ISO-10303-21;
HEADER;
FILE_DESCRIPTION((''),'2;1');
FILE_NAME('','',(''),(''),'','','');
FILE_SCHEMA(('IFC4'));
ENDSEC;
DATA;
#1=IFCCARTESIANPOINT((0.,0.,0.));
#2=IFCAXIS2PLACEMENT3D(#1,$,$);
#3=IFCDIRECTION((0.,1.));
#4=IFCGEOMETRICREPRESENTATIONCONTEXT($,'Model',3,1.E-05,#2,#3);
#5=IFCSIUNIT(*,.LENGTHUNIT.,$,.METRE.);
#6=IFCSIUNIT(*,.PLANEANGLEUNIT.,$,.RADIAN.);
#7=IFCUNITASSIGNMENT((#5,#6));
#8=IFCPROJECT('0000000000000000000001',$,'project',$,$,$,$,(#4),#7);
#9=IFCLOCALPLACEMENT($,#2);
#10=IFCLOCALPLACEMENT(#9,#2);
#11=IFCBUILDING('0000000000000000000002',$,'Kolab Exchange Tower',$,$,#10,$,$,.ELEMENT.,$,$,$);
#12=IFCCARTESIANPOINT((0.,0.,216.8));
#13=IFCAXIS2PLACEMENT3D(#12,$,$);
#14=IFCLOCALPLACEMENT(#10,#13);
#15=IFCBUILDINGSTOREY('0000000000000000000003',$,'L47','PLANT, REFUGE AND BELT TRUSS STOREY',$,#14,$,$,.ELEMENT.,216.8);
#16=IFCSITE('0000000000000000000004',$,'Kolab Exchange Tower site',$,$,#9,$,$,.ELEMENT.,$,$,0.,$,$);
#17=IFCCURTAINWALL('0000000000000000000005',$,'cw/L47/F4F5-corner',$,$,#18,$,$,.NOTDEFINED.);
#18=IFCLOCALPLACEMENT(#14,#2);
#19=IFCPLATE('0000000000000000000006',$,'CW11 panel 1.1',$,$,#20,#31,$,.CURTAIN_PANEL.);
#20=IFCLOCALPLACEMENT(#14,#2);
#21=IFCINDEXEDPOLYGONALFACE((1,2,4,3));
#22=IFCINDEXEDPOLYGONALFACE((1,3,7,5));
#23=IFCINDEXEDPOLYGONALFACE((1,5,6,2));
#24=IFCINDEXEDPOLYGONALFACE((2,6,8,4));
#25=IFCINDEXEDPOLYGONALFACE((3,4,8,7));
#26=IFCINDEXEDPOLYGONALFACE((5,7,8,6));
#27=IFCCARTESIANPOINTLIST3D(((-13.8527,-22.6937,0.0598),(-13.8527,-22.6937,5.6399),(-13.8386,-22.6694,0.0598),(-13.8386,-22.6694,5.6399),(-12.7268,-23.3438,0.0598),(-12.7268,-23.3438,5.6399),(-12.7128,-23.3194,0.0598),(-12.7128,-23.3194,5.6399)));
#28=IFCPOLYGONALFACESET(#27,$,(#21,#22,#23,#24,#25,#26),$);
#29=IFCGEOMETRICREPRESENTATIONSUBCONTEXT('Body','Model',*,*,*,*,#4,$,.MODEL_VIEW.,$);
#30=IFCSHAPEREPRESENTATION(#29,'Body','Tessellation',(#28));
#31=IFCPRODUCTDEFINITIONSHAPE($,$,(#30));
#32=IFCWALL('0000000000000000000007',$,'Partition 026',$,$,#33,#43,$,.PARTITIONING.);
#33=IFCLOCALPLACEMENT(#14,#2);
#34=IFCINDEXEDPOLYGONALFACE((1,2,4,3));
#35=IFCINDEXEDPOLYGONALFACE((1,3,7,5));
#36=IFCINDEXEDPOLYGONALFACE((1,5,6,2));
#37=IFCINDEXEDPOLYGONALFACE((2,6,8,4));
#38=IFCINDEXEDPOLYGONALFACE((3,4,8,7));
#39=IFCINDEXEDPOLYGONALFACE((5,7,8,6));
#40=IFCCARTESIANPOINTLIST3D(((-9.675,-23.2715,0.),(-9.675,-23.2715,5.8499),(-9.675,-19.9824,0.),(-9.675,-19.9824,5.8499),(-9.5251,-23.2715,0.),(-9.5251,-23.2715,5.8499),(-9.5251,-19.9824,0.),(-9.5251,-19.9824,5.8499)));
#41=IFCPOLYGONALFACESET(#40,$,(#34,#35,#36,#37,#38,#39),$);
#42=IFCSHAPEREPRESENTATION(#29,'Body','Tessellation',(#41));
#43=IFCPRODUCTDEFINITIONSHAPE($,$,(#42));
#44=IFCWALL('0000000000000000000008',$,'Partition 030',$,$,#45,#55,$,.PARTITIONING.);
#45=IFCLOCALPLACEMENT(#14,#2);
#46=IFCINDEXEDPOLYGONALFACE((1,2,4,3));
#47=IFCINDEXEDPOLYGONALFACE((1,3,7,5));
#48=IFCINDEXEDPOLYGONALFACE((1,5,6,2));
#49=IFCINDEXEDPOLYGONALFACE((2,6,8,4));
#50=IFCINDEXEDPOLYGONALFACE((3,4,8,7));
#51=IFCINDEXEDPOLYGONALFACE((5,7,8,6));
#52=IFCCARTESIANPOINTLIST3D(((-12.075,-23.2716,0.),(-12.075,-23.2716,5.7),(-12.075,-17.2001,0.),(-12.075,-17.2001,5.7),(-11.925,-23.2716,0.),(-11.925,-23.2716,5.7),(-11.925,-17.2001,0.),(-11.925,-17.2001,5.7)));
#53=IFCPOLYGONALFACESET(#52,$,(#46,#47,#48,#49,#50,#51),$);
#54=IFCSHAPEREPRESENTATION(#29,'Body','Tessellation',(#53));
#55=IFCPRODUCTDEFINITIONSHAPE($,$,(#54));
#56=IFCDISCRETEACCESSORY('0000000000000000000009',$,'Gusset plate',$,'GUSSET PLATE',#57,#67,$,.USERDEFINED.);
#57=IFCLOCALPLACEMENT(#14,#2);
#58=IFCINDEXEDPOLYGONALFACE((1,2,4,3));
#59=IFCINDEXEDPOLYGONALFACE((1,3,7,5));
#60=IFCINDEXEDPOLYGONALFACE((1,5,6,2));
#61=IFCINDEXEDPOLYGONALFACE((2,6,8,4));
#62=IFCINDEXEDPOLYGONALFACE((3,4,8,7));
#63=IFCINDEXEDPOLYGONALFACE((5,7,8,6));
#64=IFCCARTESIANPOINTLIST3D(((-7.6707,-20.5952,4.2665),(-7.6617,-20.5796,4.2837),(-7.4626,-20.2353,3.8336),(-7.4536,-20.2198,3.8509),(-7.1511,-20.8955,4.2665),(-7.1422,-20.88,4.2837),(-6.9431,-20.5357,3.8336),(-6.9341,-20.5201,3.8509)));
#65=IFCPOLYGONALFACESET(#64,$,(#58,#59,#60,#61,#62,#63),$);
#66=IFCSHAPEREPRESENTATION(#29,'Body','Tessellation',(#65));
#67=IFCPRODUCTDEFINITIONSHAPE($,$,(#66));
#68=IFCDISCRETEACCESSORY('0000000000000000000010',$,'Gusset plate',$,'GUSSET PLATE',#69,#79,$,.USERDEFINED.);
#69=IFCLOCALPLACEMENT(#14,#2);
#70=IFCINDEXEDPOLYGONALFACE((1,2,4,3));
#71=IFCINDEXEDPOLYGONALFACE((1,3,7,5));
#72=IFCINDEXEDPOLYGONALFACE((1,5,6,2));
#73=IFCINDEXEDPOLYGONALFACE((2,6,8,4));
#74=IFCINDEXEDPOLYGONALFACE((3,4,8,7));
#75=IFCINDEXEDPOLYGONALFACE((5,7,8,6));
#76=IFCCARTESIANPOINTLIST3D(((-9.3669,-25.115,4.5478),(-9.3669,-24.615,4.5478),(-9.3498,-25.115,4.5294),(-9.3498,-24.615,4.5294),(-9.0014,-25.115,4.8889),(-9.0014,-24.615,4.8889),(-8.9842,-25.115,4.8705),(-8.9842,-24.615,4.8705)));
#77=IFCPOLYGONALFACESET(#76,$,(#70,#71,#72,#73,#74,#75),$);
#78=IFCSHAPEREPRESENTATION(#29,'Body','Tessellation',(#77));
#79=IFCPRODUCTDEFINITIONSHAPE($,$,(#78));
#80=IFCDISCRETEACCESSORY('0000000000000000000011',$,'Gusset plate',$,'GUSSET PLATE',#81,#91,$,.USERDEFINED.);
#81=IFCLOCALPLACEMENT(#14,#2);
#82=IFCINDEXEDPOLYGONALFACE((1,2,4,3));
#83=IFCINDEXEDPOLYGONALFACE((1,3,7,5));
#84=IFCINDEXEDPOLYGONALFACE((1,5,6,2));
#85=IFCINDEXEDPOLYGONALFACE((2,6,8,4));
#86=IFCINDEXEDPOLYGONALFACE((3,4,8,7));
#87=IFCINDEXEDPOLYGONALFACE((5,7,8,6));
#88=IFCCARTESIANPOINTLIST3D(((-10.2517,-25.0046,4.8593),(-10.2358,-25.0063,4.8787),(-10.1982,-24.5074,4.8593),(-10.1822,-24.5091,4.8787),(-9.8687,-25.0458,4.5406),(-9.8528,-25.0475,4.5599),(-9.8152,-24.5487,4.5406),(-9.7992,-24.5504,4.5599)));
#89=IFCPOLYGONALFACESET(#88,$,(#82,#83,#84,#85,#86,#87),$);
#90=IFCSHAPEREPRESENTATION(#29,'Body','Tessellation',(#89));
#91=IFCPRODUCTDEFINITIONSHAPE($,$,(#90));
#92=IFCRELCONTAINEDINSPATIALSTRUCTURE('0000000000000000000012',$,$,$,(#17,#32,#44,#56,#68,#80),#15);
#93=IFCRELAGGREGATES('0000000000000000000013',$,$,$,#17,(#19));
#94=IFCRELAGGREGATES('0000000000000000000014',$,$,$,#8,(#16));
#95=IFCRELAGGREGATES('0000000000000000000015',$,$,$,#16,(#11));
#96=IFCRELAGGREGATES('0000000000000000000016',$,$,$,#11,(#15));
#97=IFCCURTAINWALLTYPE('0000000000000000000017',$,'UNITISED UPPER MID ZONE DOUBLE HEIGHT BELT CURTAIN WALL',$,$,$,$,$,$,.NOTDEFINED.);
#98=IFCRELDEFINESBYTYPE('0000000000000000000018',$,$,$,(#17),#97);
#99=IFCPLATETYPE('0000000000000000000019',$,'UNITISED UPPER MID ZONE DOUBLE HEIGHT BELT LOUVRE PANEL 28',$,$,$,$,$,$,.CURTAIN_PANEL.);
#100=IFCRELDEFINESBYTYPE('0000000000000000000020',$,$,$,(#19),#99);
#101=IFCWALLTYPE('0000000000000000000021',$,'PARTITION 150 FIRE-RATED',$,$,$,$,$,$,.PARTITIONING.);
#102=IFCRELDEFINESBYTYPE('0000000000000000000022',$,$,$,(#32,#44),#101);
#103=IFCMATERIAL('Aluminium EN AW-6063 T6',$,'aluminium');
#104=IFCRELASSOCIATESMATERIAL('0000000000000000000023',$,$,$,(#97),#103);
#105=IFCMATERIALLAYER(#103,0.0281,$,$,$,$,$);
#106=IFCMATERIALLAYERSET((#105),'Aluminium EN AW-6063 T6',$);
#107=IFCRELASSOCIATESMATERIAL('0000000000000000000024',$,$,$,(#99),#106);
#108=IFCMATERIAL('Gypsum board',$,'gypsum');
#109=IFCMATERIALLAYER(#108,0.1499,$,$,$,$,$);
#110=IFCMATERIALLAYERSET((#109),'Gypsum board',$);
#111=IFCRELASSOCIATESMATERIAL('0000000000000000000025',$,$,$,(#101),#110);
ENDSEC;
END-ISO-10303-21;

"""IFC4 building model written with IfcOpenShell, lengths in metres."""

from ifc_helpers import new_model, si_unit, direction, frame, frame_2d, origin, origin_2d, place, context, subcontext, project, spatial, rectangle, extrude, material, layer, layer_set, type_object, element, aggregate, save


model = new_model("IFC4")

# Units and contexts
model_context = context("Model", 3, precision=1e-05, world=origin(), true_north=direction((0.0, 1.0)))
body_context = subcontext(model_context, "Body", "Model", "MODEL_VIEW")
ifc_project = project(units=[si_unit("LENGTHUNIT", "METRE"), si_unit("PLANEANGLEUNIT", "RADIAN")], contexts=[model_context])

# Site, building, storey
site_placement = place(None, origin())
site = spatial("IfcSite", under=ifc_project, at=site_placement, Name="Kolab Exchange Tower site", CompositionType="ELEMENT", RefElevation=0.0)
building_placement = place(site_placement, origin())
building = spatial("IfcBuilding", under=site, at=building_placement, Name="Kolab Exchange Tower", CompositionType="ELEMENT")
storey_placement = place(building_placement, frame((0.0, 0.0, 216.8)))
storey = spatial("IfcBuildingStorey", under=building, at=storey_placement, Name="L47", Description="PLANT, REFUGE AND BELT TRUSS STOREY", CompositionType="ELEMENT", Elevation=216.8)

# Shared definitions
ifc_material_1 = material(Name="Aluminium EN AW-6063 T6", Category="aluminium")

# Shared definitions
curtain_wall_type_1 = type_object("IfcCurtainWallType", Name="UNITISED UPPER MID ZONE DOUBLE HEIGHT BELT CURTAIN WALL", PredefinedType="NOTDEFINED", material=ifc_material_1)

# Curtain wall
curtain_wall_1_placement = place(storey_placement, origin())
curtain_wall_1 = element("IfcCurtainWall", 1, at=curtain_wall_1_placement, inside=storey, type_object=curtain_wall_type_1, Name="cw/L47/F4F5-corner", PredefinedType="NOTDEFINED")

# Plate
ifc_layer_1 = layer(ifc_material_1, 0.0281)
ifc_layer_set_1 = layer_set([ifc_layer_1], Name="Aluminium EN AW-6063 T6")
plate_type = type_object("IfcPlateType", Name="UNITISED UPPER MID ZONE DOUBLE HEIGHT BELT LOUVRE PANEL 28", PredefinedType="CURTAIN_PANEL", material=ifc_layer_set_1)
plate_placement = place(storey_placement, frame((-13.2827, -23.0066, 0.0598), z_axis=(0.0, 0.0, 1.0), x_axis=(-0.866025, 0.5, 0.0)))
plate = element("IfcPlate", 2, at=plate_placement, type_object=plate_type, Name="CW11 panel 1.1", PredefinedType="CURTAIN_PANEL", context=body_context, shape_type="SweptSolid", body=[
    extrude(rectangle(XDim=1.3, YDim=0.0281, at=origin_2d()), origin(), (0.0, 0.0, 1.0), 5.5801),
])
aggregate(curtain_wall_1, [plate])

# Walls
ifc_material_2 = material(Name="Gypsum board", Category="gypsum")
ifc_layer_2 = layer(ifc_material_2, 0.1499)
ifc_layer_set_2 = layer_set([ifc_layer_2], Name="Gypsum board")
wall_type = type_object("IfcWallType", Name="PARTITION 150 FIRE-RATED", PredefinedType="PARTITIONING", material=ifc_layer_set_2)
wall_1_placement = place(storey_placement, frame((-9.6001, -23.2715, 0.0), z_axis=(0.0, 0.0, 1.0), x_axis=(0.0, 1.0, 0.0)))
element("IfcWall", 3, at=wall_1_placement, inside=storey, type_object=wall_type, Name="Partition 026", PredefinedType="PARTITIONING", context=body_context, shape_type="SweptSolid", body=[
    extrude(rectangle(XDim=3.2891, YDim=0.1499, at=frame_2d((1.6445, 0.0))), origin(), (0.0, 0.0, 1.0), 5.8499),
])
wall_2_placement = place(storey_placement, frame((-12.0, -23.2715, 0.0), z_axis=(0.0, 0.0, 1.0), x_axis=(0.0, 1.0, 0.0)))
element("IfcWall", 4, at=wall_2_placement, inside=storey, type_object=wall_type, Name="Partition 030", PredefinedType="PARTITIONING", context=body_context, shape_type="SweptSolid", body=[
    extrude(rectangle(XDim=6.0715, YDim=0.1499, at=frame_2d((3.0356, 0.0))), origin(), (0.0, 0.0, 1.0), 5.7),
])

# Discrete accessories
discrete_accessory_placement = place(storey_placement, frame((-7.3069, -20.5654, 4.05), z_axis=(0.36098, 0.624398, 0.692691), x_axis=(-0.865735, 0.500503, 0.0)))
element("IfcDiscreteAccessory", 5, at=discrete_accessory_placement, inside=storey, Name="Gusset plate", ObjectType="GUSSET PLATE", PredefinedType="USERDEFINED", context=body_context, shape_type="SweptSolid", body=[
    extrude(rectangle(XDim=0.6001, YDim=0.6001, at=origin_2d()), origin(), (0.0, 0.0, 1.0), 0.0249),
])
for number, where, z_axis, x_axis, name in (
    (6, (-9.167, -24.865, 4.7), (-0.682318, 0.0, 0.731055), (0.0, -1.0, 0.0), "Gusset plate"),
    (7, (-10.0334, -24.7766, 4.7), (0.633882, -0.068264, 0.770411), (0.107073, 0.994251, 0.0), "Gusset plate"),
):
    element("IfcDiscreteAccessory", number, at=place(storey_placement, frame(where, z_axis=z_axis, x_axis=x_axis)), inside=storey, Name=name, ObjectType="GUSSET PLATE", PredefinedType="USERDEFINED", context=body_context, shape_type="SweptSolid", body=[
        extrude(rectangle(XDim=0.5, YDim=0.5, at=origin_2d()), origin(), (0.0, 0.0, 1.0), 0.0251),
    ])

save(model, "model.ifc")
